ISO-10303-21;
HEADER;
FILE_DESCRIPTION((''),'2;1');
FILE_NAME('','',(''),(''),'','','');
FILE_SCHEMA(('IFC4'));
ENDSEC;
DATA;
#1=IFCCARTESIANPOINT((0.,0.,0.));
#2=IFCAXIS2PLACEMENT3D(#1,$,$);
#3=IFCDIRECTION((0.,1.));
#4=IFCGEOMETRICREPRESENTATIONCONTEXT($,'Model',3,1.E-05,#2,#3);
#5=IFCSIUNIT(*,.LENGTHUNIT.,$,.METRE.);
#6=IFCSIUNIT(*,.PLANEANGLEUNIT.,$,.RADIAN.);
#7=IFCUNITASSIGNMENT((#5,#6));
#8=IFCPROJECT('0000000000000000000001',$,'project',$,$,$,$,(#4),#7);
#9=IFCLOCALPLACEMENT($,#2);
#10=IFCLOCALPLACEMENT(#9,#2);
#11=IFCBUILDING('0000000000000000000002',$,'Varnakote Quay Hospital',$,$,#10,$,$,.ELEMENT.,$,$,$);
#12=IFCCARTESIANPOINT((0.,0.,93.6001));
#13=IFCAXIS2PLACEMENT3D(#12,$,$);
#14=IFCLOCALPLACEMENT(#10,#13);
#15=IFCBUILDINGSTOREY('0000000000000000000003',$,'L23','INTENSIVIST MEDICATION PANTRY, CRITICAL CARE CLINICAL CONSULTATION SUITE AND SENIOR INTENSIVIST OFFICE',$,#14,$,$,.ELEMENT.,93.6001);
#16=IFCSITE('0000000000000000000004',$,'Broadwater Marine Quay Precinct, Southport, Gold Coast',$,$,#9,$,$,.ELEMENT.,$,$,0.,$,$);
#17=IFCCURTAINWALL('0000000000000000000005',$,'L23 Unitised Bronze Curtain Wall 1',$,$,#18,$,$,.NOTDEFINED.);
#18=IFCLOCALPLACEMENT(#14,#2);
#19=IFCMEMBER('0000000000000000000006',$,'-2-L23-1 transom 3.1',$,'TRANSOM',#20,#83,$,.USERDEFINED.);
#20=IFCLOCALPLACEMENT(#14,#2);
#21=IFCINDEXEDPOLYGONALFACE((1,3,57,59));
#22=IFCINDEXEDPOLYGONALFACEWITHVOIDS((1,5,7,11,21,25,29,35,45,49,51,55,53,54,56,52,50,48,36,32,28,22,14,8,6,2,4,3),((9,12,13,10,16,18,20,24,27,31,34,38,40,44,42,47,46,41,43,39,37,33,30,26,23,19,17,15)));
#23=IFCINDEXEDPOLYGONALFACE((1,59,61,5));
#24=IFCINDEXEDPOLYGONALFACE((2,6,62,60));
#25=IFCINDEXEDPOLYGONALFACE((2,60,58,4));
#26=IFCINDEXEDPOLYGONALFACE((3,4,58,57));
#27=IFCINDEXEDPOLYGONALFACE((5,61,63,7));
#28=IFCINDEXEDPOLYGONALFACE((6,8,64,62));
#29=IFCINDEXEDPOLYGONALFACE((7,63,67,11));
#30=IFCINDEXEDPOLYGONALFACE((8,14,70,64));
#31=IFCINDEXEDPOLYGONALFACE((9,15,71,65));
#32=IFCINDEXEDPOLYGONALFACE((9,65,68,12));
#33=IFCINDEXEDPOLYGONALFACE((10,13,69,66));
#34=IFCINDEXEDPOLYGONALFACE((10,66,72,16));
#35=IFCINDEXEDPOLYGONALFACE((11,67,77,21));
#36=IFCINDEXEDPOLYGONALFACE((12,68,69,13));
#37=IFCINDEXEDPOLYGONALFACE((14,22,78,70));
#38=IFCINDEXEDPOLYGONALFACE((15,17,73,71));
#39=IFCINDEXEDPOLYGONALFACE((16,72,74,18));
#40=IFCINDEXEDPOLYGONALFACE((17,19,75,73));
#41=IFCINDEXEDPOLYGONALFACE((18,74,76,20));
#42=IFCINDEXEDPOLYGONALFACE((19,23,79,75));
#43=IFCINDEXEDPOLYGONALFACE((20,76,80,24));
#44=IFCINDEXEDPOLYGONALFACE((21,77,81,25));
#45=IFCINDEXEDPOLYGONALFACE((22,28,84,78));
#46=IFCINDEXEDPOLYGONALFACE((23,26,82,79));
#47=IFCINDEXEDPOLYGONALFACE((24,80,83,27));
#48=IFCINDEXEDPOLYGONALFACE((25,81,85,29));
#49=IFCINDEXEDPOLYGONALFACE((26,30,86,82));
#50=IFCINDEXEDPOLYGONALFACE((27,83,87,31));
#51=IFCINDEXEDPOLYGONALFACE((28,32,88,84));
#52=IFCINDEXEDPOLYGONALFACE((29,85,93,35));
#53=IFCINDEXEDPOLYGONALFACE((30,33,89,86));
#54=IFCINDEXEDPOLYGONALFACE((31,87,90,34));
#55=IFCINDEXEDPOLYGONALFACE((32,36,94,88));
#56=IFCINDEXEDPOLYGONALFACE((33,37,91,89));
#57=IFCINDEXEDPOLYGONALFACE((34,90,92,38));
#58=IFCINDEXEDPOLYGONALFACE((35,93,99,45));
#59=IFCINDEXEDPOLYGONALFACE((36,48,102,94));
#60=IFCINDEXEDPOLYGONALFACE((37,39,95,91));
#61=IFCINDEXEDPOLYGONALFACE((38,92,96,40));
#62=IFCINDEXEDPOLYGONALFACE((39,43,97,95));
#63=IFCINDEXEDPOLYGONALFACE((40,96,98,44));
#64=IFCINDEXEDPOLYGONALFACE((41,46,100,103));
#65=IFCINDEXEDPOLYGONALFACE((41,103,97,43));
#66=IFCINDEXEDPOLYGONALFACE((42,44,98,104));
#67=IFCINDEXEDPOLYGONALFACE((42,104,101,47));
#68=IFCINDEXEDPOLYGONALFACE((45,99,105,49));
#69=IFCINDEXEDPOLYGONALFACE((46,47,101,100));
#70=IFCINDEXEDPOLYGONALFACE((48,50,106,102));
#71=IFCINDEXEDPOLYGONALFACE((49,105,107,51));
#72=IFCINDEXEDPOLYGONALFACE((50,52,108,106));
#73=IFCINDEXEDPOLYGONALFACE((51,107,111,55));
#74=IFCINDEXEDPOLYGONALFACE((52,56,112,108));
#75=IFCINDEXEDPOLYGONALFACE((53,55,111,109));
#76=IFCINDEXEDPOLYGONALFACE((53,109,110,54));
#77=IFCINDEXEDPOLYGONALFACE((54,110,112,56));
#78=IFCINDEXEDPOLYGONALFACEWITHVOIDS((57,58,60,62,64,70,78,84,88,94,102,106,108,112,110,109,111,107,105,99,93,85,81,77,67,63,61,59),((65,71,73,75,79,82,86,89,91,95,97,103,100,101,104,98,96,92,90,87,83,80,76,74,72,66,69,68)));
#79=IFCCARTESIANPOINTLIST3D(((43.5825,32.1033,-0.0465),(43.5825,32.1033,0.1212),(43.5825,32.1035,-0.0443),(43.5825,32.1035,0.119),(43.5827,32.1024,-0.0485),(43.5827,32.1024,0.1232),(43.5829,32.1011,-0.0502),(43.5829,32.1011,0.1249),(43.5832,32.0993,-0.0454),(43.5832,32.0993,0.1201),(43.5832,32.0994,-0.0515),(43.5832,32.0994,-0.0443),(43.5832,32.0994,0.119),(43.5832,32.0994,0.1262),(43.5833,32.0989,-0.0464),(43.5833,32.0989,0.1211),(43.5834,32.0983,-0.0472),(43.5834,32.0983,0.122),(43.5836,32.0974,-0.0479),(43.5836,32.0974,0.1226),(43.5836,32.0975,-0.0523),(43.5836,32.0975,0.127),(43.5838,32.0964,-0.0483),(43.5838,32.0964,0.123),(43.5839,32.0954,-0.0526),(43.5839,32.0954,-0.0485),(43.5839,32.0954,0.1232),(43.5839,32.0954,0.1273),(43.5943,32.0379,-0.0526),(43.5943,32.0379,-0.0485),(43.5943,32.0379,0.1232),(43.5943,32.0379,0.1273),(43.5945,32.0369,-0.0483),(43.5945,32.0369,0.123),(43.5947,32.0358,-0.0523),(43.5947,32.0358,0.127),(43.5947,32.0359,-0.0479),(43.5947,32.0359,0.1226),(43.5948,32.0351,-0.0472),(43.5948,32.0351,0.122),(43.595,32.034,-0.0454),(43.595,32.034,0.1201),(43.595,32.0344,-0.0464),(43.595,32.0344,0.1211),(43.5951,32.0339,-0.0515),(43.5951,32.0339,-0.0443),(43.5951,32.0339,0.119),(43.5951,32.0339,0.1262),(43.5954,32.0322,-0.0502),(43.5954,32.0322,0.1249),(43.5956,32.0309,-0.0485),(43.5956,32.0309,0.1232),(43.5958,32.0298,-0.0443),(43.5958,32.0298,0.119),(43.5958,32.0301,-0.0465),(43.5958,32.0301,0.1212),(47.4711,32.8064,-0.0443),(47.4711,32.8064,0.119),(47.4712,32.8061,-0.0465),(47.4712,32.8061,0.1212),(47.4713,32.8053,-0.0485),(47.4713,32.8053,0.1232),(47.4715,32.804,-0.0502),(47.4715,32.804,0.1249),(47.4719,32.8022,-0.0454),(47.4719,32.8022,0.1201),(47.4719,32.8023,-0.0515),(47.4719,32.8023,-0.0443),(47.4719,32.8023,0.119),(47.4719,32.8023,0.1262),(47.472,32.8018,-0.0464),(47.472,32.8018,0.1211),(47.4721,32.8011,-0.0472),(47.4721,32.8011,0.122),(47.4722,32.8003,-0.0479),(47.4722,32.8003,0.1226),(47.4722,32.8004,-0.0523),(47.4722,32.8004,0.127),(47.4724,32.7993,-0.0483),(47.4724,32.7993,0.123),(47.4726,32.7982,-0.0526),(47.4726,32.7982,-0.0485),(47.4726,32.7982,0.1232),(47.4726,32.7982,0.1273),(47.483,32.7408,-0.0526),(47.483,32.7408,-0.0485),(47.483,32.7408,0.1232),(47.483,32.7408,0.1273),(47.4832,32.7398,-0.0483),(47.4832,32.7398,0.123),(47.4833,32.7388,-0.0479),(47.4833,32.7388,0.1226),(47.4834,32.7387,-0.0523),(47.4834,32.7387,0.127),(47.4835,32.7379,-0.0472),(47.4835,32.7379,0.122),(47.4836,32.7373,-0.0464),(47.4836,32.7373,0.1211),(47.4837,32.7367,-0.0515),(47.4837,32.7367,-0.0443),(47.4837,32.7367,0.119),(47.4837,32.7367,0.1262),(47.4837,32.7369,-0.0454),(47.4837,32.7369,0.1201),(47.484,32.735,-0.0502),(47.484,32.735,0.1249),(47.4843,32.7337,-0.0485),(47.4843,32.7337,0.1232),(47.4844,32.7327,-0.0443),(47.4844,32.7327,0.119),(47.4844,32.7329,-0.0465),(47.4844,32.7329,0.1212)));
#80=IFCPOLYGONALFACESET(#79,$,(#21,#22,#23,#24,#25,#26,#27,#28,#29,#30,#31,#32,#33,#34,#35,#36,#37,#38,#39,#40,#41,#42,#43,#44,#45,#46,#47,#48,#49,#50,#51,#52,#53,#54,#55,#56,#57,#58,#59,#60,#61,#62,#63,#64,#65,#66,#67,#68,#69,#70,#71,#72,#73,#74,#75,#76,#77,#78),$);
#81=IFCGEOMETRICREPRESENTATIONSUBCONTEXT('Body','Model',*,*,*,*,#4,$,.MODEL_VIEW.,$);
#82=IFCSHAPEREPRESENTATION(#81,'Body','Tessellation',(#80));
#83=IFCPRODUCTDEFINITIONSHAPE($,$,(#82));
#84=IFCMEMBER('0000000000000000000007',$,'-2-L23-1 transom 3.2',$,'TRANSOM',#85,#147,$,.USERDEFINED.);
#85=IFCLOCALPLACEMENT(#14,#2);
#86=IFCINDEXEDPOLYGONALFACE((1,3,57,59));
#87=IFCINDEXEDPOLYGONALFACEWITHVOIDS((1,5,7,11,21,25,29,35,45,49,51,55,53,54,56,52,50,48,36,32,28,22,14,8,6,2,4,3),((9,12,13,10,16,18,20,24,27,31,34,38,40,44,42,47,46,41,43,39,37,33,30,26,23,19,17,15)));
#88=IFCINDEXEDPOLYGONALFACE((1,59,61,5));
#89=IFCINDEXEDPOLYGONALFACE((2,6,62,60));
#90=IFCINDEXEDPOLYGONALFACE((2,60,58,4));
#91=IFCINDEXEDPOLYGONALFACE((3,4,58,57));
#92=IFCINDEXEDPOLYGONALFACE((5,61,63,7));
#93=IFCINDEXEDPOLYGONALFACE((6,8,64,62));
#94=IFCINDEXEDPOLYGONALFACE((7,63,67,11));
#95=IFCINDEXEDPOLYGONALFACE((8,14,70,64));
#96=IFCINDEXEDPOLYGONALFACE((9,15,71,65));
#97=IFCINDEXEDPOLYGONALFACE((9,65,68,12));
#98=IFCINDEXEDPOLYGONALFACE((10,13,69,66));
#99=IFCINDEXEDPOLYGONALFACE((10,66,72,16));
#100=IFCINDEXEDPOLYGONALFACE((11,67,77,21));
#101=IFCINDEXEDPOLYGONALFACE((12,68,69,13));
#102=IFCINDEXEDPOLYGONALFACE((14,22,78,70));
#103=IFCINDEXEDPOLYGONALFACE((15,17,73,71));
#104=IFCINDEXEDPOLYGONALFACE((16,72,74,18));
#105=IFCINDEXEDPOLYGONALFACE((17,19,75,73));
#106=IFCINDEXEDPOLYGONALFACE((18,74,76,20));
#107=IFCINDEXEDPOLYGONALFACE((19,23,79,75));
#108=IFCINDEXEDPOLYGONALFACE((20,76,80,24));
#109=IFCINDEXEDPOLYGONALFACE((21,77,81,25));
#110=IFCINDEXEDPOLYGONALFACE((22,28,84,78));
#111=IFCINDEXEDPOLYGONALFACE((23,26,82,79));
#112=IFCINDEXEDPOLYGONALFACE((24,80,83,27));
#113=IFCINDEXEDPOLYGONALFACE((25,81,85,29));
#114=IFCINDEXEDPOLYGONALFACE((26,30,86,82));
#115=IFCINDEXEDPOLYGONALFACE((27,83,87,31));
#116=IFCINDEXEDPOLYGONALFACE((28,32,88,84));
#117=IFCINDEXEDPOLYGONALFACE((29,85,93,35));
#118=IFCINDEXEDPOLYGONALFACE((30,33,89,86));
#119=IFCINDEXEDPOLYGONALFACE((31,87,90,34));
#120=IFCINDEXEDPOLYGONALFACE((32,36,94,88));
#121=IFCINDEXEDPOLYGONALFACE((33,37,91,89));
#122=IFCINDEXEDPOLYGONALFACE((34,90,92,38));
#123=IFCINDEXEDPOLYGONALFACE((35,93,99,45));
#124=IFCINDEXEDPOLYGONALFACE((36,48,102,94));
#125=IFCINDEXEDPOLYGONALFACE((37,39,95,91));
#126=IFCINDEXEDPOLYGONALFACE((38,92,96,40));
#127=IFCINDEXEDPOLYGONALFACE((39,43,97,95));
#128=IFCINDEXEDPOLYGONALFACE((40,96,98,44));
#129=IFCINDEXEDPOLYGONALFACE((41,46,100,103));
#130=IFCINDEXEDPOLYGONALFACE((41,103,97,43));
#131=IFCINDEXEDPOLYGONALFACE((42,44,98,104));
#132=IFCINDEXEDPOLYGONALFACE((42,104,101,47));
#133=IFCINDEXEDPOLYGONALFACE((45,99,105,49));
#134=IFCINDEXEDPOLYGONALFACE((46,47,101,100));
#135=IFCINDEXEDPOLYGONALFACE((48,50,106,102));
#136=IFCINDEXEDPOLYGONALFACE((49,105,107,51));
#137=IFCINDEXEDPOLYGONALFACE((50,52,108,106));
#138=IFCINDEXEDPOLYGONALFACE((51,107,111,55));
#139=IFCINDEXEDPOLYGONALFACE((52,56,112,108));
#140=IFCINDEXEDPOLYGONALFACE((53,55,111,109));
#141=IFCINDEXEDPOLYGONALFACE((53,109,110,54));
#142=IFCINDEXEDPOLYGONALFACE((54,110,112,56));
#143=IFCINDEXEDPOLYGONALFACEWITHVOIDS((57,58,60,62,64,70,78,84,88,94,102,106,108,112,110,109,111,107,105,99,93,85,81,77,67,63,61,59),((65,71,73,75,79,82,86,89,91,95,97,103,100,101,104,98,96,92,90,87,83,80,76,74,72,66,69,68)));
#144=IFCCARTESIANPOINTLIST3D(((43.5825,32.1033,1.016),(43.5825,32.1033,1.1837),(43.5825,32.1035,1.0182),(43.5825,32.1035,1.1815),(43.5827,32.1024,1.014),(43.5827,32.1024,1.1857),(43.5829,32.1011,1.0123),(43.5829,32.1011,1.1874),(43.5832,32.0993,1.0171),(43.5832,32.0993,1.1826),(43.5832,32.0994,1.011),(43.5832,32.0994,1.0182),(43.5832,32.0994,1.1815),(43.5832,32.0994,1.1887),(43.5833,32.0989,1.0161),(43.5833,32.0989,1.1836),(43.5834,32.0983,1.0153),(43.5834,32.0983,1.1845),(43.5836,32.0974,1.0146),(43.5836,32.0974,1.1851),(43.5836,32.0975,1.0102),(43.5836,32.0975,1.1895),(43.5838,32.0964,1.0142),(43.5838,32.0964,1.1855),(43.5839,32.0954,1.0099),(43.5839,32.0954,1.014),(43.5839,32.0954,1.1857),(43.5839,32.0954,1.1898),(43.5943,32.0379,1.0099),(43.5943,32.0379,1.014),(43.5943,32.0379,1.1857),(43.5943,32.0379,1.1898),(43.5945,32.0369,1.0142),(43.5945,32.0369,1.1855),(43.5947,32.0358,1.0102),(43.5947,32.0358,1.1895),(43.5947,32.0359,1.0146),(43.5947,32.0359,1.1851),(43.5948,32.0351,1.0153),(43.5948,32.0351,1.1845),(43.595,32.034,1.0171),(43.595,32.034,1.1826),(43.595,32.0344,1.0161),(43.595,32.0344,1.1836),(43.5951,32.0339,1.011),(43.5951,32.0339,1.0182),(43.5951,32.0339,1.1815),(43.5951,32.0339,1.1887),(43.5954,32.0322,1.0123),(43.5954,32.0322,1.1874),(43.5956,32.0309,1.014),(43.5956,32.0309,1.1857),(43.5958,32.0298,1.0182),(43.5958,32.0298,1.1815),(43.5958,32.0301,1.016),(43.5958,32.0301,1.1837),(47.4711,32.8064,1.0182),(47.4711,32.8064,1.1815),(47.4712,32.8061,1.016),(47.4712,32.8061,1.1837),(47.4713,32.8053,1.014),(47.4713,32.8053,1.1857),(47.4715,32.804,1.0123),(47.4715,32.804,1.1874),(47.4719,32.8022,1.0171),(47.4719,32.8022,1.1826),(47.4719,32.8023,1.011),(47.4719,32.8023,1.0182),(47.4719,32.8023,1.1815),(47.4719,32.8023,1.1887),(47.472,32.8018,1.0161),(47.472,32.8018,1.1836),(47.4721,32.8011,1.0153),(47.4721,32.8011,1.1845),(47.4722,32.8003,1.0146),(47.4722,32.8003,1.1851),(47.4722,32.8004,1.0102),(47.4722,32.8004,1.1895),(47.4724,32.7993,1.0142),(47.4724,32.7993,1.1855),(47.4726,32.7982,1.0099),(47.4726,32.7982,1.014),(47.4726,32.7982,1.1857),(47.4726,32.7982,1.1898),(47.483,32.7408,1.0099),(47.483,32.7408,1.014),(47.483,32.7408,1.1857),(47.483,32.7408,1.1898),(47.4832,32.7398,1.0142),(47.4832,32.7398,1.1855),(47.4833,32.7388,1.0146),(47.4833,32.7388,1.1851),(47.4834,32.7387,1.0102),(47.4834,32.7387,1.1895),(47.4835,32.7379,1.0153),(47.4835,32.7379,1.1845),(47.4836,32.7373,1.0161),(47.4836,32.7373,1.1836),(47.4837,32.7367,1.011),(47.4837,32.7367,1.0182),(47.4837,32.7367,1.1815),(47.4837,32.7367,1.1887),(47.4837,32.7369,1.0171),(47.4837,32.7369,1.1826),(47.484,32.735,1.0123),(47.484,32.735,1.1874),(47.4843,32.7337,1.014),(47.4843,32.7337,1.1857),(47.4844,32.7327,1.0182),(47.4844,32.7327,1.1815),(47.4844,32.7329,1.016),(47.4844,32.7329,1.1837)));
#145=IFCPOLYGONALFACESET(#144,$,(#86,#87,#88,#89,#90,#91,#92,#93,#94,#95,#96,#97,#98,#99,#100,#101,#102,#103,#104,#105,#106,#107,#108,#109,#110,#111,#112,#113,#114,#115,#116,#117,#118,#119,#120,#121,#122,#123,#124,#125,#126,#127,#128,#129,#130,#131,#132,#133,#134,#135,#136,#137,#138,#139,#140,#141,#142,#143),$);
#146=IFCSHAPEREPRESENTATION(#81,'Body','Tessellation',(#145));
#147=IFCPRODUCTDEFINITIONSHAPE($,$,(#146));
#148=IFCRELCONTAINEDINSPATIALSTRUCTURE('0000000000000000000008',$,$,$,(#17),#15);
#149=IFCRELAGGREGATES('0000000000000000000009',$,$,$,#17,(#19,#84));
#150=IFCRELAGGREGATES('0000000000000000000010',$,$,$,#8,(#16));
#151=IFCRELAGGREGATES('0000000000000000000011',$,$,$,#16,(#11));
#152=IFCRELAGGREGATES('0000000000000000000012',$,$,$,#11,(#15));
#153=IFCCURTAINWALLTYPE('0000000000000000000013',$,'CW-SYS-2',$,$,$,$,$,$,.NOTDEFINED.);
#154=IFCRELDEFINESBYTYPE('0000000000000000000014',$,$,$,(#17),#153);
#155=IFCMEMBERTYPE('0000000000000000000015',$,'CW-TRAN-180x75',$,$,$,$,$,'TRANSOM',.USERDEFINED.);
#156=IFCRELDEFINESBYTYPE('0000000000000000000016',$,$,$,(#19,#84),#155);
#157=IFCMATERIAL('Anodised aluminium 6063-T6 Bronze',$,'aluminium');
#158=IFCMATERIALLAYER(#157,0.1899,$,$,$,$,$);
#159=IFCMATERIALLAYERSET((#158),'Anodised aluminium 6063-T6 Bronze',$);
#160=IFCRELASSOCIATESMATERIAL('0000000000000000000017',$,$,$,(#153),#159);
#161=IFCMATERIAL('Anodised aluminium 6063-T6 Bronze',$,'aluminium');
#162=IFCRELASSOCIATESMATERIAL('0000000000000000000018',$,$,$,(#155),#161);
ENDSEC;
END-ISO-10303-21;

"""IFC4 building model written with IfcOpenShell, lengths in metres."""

from ifc_helpers import new_model, si_unit, direction, frame, origin, origin_2d, place, context, subcontext, project, spatial, hollow_rectangle, extrude, material, layer, layer_set, material_profile, profile_set, type_object, element, aggregate, save


model = new_model("IFC4")

# Units and contexts
model_context = context("Model", 3, precision=1e-05, world=origin(), true_north=direction((0.0, 1.0)))
body_context = subcontext(model_context, "Body", "Model", "MODEL_VIEW")
ifc_project = project(units=[si_unit("LENGTHUNIT", "METRE"), si_unit("PLANEANGLEUNIT", "RADIAN")], contexts=[model_context])

# Site, building, storey
site_placement = place(None, origin())
site = spatial("IfcSite", under=ifc_project, at=site_placement, Name="Broadwater Marine Quay Precinct, Southport, Gold Coast", CompositionType="ELEMENT", RefElevation=0.0)
building_placement = place(site_placement, origin())
building = spatial("IfcBuilding", under=site, at=building_placement, Name="Varnakote Quay Hospital", CompositionType="ELEMENT")
storey_placement = place(building_placement, frame((0.0, 0.0, 93.6001)))
storey = spatial("IfcBuildingStorey", under=building, at=storey_placement, Name="L23", Description="INTENSIVIST MEDICATION PANTRY, CRITICAL CARE CLINICAL CONSULTATION SUITE AND SENIOR INTENSIVIST OFFICE", CompositionType="ELEMENT", Elevation=93.6001)

# Curtain wall, members
ifc_material_1 = material(Name="Anodised aluminium 6063-T6 Bronze", Category="aluminium")
ifc_layer_1 = layer(ifc_material_1, 0.1899)
ifc_layer_set_1 = layer_set([ifc_layer_1], Name="Anodised aluminium 6063-T6 Bronze")
curtain_wall_type = type_object("IfcCurtainWallType", Name="CW-SYS-2", PredefinedType="NOTDEFINED", material=ifc_layer_set_1)
curtain_wall_placement = place(storey_placement, origin())
curtain_wall = element("IfcCurtainWall", 1, at=curtain_wall_placement, inside=storey, type_object=curtain_wall_type, Name="L23 Unitised Bronze Curtain Wall 1", PredefinedType="NOTDEFINED")
ifc_material_2 = material(Name="Anodised aluminium 6063-T6 Bronze", Category="aluminium")
ifc_material_profile_1 = material_profile(ifc_material_2, hollow_rectangle(XDim=0.075, YDim=0.1799, WallThickness=0.0042, InnerFilletRadius=0.0042, OuterFilletRadius=0.0083, at=origin_2d()), Name="CW-TRAN-180x75")
ifc_profile_set_1 = profile_set([ifc_material_profile_1], Name="Anodised aluminium 6063-T6 Bronze")
member_type_1 = type_object("IfcMemberType", Name="CW-TRAN-180x75", ElementType="TRANSOM", PredefinedType="USERDEFINED", material=ifc_profile_set_1)
member_1_placement = place(storey_placement, frame((47.4778, 32.7695, 0.0374), z_axis=(-0.984054, -0.177869, 0.0), x_axis=(0.177869, -0.984054, 0.0)))
member_1 = element("IfcMember", 2, at=member_1_placement, type_object=member_type_1, Name="-2-L23-1 transom 3.1", ObjectType="TRANSOM", PredefinedType="USERDEFINED", context=body_context, shape_type="SweptSolid", body=[
    extrude(hollow_rectangle(XDim=0.075, YDim=0.1799, WallThickness=0.0042, InnerFilletRadius=0.0042, OuterFilletRadius=0.0083, at=origin_2d()), origin(), (0.0, 0.0, 1.0), 3.9517),
])
member_2_placement = place(storey_placement, frame((47.4778, 32.7695, 1.0999), z_axis=(-0.984054, -0.177869, 0.0), x_axis=(0.177869, -0.984054, 0.0)))
member_2 = element("IfcMember", 3, at=member_2_placement, type_object=member_type_1, Name="-2-L23-1 transom 3.2", ObjectType="TRANSOM", PredefinedType="USERDEFINED", context=body_context, shape_type="SweptSolid", body=[
    extrude(hollow_rectangle(XDim=0.075, YDim=0.1799, WallThickness=0.0042, InnerFilletRadius=0.0042, OuterFilletRadius=0.0083, at=origin_2d()), origin(), (0.0, 0.0, 1.0), 3.9517),
])
aggregate(curtain_wall, [member_1, member_2])

save(model, "model.ifc")
